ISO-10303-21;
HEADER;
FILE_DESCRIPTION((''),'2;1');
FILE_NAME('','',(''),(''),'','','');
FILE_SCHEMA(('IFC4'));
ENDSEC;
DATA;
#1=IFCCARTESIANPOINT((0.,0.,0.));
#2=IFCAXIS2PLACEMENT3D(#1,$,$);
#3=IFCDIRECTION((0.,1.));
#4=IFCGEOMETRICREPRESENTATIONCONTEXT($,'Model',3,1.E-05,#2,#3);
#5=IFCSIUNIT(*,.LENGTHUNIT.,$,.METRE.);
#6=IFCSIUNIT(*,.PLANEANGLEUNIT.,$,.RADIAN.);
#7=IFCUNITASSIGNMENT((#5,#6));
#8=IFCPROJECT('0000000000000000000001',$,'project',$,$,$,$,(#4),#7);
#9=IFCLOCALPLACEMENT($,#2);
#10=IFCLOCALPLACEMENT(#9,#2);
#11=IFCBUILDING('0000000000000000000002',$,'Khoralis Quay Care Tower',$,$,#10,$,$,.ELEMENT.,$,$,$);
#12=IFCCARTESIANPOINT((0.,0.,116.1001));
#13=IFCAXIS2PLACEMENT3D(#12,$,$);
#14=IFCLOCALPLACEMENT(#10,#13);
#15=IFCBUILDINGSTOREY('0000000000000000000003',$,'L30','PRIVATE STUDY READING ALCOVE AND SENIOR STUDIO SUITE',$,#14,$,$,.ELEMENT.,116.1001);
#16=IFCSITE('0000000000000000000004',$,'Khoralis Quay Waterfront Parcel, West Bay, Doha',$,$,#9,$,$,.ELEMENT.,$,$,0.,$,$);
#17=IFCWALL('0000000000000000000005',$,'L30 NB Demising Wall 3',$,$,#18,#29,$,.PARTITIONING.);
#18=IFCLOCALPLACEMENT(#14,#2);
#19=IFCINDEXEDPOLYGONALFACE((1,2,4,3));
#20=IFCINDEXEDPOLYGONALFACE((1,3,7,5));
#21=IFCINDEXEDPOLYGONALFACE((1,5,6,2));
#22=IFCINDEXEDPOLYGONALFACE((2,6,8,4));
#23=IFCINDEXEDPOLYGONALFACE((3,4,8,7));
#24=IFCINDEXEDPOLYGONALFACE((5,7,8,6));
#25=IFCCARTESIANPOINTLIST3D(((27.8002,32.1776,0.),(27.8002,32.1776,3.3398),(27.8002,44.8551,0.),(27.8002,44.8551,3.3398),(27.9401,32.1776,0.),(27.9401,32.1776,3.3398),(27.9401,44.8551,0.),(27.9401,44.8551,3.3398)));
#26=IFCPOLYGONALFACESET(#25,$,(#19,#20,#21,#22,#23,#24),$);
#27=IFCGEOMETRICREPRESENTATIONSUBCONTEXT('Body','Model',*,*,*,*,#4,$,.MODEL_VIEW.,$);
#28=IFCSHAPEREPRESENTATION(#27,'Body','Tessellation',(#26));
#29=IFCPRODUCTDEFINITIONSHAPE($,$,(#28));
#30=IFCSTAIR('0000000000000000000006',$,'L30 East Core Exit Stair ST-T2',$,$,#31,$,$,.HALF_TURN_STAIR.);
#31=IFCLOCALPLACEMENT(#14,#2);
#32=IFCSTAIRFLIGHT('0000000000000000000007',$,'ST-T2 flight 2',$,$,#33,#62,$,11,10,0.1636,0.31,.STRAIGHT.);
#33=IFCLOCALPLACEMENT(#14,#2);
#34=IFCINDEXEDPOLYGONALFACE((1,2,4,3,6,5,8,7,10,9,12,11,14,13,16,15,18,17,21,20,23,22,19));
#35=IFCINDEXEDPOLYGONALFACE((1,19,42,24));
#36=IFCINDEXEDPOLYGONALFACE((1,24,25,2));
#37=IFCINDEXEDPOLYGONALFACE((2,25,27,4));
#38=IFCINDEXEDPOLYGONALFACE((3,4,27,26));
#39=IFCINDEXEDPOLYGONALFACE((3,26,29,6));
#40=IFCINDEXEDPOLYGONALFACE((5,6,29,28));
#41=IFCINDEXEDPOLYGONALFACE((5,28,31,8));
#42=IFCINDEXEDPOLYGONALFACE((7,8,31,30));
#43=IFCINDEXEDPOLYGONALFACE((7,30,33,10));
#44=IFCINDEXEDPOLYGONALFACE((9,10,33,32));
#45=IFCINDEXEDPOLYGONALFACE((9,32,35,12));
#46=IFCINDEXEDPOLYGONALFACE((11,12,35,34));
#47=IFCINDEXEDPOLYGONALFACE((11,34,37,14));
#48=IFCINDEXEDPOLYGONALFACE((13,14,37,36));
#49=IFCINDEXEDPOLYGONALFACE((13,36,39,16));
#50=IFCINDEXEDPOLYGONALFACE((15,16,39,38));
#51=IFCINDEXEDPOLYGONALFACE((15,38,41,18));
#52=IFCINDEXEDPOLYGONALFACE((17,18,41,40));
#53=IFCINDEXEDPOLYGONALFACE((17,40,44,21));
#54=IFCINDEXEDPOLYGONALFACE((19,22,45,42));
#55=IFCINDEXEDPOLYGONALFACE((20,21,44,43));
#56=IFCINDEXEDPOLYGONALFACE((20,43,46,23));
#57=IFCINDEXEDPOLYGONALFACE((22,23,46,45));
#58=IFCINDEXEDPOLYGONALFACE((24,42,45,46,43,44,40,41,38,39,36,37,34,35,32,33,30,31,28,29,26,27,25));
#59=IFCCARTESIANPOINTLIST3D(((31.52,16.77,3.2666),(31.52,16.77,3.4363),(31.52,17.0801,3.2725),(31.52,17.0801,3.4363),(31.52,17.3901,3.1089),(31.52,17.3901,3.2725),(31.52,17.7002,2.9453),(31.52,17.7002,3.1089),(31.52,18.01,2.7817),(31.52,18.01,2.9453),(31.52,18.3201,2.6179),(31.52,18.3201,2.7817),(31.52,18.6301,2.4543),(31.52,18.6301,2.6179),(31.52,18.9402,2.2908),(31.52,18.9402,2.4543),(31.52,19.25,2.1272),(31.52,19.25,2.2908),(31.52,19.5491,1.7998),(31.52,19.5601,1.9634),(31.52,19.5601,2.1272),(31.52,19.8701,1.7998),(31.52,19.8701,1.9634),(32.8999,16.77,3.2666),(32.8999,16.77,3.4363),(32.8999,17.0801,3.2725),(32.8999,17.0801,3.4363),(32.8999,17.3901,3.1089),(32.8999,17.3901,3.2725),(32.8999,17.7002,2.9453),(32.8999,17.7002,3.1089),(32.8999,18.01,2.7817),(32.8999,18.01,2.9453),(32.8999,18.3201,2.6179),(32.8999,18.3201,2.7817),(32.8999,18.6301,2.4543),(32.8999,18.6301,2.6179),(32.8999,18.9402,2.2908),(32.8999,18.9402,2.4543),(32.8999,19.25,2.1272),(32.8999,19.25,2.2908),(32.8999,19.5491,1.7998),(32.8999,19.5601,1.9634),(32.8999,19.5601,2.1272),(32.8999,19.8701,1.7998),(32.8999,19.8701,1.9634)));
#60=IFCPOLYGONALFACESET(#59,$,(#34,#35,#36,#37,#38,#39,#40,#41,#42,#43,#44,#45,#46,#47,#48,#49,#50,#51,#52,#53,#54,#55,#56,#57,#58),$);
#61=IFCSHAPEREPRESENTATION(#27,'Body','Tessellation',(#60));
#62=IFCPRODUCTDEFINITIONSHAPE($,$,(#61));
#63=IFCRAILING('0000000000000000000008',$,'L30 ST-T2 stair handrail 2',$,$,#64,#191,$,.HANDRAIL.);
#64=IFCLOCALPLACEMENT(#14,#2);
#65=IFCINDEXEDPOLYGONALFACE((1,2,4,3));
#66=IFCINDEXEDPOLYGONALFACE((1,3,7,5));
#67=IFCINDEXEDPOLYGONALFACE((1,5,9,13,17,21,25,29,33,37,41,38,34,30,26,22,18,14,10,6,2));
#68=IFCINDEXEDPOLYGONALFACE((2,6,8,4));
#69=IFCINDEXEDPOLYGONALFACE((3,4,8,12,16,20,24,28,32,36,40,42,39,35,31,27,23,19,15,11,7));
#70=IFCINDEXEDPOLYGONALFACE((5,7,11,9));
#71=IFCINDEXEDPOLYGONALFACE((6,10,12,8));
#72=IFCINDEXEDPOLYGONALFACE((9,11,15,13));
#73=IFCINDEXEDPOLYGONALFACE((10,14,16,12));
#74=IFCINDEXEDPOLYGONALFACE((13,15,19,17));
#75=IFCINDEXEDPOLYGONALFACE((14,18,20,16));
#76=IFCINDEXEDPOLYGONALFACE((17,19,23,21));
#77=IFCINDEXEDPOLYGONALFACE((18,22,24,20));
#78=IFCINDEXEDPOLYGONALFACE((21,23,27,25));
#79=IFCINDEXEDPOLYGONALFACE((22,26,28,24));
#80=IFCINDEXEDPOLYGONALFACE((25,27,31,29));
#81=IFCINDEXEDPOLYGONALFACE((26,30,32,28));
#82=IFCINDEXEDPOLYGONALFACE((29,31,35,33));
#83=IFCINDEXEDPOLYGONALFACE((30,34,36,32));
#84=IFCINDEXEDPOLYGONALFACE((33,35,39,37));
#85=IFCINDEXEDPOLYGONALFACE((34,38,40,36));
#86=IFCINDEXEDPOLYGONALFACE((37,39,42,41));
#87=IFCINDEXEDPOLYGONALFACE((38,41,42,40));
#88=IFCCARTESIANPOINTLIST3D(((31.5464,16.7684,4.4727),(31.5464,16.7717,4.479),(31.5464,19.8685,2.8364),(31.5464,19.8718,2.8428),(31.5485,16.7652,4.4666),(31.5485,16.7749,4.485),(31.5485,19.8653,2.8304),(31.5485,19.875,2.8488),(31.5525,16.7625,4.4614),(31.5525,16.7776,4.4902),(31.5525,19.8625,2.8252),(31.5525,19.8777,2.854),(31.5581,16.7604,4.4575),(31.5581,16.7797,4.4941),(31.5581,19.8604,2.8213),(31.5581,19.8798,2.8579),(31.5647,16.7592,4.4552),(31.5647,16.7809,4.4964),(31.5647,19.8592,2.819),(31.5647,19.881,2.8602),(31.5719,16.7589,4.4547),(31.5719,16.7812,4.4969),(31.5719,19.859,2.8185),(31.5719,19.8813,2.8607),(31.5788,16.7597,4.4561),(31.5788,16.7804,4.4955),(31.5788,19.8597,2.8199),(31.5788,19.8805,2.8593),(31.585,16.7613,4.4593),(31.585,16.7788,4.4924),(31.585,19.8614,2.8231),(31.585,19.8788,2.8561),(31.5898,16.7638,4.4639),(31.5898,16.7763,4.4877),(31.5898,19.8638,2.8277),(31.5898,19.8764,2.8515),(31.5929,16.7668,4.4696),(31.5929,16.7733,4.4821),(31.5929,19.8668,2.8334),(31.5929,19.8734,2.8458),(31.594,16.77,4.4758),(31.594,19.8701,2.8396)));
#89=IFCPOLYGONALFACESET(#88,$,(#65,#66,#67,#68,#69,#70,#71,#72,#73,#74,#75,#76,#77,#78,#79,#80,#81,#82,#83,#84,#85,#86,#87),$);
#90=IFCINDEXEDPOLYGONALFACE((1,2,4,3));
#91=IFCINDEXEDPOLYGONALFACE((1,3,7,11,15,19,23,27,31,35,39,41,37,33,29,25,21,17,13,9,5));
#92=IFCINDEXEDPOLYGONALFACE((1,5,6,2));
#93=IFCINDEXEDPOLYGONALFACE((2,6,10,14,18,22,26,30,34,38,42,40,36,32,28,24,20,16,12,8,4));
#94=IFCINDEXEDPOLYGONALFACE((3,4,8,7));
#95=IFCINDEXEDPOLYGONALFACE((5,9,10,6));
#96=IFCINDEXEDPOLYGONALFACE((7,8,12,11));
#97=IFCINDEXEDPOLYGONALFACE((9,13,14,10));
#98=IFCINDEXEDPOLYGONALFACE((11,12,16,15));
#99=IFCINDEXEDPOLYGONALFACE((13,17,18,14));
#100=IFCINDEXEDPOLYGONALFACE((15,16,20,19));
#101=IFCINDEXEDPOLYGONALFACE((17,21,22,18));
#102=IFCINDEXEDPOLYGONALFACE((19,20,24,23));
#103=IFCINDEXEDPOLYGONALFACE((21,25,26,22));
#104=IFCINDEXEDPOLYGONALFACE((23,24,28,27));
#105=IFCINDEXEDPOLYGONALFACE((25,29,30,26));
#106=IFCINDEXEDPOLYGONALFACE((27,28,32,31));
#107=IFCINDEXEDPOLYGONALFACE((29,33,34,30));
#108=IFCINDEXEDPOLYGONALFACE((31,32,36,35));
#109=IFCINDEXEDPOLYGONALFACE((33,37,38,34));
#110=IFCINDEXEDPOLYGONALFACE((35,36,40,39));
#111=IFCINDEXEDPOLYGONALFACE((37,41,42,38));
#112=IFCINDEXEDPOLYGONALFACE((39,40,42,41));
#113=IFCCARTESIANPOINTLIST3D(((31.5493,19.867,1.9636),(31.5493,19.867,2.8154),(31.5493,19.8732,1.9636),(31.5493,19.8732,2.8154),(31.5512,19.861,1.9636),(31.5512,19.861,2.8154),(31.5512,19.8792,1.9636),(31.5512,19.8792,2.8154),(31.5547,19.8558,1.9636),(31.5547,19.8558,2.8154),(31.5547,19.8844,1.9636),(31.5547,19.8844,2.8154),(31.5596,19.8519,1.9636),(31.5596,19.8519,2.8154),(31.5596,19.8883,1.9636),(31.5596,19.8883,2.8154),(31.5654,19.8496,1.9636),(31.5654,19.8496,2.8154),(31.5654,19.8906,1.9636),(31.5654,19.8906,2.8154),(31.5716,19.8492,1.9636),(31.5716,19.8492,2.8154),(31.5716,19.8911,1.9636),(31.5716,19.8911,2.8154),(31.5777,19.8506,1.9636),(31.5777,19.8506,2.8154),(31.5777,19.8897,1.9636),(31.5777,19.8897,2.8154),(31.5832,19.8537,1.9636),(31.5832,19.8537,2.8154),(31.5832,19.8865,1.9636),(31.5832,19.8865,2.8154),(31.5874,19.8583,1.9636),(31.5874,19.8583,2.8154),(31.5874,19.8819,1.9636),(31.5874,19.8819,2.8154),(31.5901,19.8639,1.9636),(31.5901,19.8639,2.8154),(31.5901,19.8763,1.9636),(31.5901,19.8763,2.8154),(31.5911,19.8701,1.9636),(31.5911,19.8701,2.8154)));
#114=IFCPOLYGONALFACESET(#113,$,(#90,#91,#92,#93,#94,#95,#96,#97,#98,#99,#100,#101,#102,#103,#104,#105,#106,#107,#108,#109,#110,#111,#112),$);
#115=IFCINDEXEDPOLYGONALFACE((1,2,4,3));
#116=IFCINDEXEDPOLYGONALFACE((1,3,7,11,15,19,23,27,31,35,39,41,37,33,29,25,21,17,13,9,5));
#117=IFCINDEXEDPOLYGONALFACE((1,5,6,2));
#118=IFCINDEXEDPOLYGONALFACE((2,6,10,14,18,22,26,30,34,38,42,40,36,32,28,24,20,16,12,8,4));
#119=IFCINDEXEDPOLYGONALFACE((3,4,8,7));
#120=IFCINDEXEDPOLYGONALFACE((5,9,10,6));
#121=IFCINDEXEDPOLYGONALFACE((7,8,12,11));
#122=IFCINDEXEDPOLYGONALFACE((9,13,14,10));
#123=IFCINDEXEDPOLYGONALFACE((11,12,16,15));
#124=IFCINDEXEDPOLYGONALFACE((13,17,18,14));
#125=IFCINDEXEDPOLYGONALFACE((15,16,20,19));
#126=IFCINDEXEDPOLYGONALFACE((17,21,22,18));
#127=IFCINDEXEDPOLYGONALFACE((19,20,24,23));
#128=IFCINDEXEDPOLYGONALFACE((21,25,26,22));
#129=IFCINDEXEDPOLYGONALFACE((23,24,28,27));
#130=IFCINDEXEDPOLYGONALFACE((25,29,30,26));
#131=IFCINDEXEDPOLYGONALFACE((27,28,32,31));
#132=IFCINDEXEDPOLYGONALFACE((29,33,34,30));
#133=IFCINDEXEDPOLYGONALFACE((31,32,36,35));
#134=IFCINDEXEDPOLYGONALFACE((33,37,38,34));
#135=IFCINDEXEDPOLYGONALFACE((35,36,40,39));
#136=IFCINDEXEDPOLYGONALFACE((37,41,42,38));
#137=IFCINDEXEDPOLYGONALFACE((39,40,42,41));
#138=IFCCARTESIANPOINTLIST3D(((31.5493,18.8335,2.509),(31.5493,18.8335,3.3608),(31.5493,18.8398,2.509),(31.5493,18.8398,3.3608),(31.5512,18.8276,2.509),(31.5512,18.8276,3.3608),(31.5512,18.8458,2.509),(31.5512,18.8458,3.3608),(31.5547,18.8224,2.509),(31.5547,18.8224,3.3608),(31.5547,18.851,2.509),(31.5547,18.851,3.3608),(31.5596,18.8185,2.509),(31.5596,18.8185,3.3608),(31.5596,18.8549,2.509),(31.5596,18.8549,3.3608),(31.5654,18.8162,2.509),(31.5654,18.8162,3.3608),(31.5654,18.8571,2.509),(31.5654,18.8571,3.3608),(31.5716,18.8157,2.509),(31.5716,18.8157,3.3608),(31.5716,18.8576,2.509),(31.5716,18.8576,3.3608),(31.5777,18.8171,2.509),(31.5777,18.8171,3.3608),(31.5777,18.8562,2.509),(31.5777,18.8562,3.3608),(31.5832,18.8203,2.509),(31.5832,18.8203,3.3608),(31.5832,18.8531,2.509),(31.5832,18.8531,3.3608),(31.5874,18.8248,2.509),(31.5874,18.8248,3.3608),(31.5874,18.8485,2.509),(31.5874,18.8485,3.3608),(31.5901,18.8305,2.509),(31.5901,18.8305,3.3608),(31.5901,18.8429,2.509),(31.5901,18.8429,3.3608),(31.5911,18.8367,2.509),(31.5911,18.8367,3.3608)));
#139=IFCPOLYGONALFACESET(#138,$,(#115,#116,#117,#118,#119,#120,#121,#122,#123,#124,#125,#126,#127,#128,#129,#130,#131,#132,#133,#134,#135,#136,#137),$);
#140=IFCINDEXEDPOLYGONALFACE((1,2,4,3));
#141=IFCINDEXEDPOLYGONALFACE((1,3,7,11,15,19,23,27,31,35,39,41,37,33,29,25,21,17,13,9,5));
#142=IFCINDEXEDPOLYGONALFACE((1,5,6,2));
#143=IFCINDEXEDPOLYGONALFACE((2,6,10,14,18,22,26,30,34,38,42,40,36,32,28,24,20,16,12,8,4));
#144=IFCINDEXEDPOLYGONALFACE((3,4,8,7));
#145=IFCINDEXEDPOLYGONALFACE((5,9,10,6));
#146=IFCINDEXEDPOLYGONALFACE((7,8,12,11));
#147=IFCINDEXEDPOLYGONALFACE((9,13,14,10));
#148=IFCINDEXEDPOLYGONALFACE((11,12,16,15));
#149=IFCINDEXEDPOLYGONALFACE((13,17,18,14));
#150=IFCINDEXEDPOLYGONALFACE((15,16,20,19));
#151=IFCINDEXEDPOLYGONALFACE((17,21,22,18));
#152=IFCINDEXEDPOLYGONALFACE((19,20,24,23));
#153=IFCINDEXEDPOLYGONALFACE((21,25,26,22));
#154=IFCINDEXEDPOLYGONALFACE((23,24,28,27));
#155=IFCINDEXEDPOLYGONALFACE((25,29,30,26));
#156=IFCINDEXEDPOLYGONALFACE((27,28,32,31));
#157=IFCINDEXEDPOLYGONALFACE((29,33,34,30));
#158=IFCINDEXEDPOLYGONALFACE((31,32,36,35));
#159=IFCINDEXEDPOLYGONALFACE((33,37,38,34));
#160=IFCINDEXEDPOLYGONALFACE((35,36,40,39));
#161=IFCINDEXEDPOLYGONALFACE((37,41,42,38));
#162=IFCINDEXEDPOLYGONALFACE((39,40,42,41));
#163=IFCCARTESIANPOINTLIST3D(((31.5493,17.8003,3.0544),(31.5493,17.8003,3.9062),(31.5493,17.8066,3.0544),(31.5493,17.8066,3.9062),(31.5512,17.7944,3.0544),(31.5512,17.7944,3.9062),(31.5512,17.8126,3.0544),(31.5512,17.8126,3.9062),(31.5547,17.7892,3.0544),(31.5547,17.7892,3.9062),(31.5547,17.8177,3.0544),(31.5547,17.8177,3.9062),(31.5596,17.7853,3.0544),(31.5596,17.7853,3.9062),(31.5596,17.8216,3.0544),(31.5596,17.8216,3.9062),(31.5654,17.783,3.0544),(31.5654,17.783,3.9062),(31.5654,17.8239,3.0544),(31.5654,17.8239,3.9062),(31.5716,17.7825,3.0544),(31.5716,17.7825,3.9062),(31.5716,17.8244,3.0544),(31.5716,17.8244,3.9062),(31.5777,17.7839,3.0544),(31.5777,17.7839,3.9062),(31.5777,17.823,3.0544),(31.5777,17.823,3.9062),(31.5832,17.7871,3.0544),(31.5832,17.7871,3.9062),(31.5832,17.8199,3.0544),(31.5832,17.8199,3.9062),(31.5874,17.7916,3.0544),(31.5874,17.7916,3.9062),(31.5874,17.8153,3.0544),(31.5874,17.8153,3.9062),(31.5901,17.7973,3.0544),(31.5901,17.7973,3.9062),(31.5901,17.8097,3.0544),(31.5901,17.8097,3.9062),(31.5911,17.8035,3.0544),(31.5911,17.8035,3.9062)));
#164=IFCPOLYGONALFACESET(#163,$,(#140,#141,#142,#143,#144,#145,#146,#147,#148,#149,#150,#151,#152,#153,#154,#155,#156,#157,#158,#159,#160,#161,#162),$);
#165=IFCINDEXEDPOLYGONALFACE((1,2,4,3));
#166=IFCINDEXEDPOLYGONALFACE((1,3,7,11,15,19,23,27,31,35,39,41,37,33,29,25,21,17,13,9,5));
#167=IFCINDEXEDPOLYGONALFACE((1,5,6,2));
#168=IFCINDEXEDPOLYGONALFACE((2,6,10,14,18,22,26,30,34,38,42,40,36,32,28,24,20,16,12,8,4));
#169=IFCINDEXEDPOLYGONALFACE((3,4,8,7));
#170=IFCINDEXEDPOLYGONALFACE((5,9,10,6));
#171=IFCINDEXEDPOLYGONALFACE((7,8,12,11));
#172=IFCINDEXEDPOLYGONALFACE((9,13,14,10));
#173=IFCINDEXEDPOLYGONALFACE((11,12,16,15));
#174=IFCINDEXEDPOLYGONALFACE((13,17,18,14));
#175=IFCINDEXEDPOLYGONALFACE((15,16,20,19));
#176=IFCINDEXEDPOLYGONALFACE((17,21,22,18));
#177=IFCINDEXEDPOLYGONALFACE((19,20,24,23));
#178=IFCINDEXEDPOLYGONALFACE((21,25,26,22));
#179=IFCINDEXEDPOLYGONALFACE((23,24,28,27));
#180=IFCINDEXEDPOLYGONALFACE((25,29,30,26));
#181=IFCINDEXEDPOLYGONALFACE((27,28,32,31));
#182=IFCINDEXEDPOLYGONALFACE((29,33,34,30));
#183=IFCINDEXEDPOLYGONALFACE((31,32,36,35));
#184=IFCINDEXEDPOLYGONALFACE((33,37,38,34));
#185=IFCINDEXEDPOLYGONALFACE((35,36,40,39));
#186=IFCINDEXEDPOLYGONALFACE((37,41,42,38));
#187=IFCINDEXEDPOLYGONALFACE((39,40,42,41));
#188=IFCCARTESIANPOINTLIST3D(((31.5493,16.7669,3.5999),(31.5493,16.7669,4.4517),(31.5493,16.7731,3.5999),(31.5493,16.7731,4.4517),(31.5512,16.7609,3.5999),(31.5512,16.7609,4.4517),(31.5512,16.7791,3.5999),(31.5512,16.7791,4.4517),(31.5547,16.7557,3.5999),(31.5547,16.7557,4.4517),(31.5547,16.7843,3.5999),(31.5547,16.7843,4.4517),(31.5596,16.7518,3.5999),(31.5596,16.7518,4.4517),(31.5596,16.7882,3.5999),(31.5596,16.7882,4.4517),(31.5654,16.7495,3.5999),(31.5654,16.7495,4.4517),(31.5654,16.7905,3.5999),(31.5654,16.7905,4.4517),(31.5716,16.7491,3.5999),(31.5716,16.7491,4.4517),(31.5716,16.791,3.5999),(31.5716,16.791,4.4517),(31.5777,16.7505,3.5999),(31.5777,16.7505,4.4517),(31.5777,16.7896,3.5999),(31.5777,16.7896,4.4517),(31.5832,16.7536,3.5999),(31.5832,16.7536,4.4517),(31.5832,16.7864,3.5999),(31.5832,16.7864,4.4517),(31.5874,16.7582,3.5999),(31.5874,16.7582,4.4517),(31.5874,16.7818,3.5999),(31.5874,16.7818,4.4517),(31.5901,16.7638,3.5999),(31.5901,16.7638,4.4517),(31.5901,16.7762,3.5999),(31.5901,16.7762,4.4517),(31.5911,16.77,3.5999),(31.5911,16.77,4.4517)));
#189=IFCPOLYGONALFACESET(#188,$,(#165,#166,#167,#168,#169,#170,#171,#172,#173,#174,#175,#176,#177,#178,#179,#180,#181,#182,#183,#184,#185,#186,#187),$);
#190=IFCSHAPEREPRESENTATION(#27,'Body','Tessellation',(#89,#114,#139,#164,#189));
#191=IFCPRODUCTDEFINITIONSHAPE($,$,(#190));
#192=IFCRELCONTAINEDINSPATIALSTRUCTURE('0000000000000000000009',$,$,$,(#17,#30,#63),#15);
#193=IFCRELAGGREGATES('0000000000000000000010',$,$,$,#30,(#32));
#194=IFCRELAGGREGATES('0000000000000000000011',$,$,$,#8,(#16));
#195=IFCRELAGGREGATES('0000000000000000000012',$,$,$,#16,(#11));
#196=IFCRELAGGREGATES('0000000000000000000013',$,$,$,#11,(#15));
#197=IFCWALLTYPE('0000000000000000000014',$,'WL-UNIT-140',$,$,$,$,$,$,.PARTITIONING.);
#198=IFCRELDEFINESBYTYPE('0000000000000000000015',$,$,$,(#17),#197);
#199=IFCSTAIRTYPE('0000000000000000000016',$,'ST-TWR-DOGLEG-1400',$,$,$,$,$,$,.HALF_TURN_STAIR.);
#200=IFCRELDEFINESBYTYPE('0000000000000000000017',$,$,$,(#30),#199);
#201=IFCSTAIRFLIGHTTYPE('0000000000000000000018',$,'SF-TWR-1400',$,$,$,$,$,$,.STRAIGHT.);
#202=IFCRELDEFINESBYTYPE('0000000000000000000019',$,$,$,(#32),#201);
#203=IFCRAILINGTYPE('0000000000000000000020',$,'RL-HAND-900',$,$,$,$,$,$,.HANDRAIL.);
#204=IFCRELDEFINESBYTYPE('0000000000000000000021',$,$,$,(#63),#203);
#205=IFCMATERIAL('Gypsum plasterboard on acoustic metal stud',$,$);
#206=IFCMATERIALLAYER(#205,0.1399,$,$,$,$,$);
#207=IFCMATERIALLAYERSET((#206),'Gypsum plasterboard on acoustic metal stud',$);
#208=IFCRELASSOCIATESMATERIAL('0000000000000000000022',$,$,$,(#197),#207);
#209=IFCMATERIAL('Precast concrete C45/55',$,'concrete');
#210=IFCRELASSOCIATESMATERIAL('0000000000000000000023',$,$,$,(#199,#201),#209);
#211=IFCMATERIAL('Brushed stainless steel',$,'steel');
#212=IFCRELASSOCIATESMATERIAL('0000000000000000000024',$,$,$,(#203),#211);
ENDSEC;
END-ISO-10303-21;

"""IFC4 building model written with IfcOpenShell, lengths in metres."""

from ifc_helpers import new_model, si_unit, direction, frame, frame_2d, origin, origin_2d, place, context, subcontext, project, spatial, polyline, rectangle, circle, outline, extrude, source, transform, mapped, material, layer, layer_set, type_object, element, aggregate, save


model = new_model("IFC4")

# Units and contexts
model_context = context("Model", 3, precision=1e-05, world=origin(), true_north=direction((0.0, 1.0)))
body_context = subcontext(model_context, "Body", "Model", "MODEL_VIEW")
ifc_project = project(units=[si_unit("LENGTHUNIT", "METRE"), si_unit("PLANEANGLEUNIT", "RADIAN")], contexts=[model_context])

# Site, building, storey
site_placement = place(None, origin())
site = spatial("IfcSite", under=ifc_project, at=site_placement, Name="Khoralis Quay Waterfront Parcel, West Bay, Doha", CompositionType="ELEMENT", RefElevation=0.0)
building_placement = place(site_placement, origin())
building = spatial("IfcBuilding", under=site, at=building_placement, Name="Khoralis Quay Care Tower", CompositionType="ELEMENT")
storey_placement = place(building_placement, frame((0.0, 0.0, 116.1001)))
storey = spatial("IfcBuildingStorey", under=building, at=storey_placement, Name="L30", Description="PRIVATE STUDY READING ALCOVE AND SENIOR STUDIO SUITE", CompositionType="ELEMENT", Elevation=116.1001)

# Shared definitions
ifc_material_1 = material(Name="Brushed stainless steel", Category="steel")

# Shared definitions
ifc_material_2 = material(Name="Gypsum plasterboard on acoustic metal stud")

# Wall
ifc_layer_1 = layer(ifc_material_2, 0.1399)
ifc_layer_set_1 = layer_set([ifc_layer_1], Name="Gypsum plasterboard on acoustic metal stud")
wall_type_1 = type_object("IfcWallType", Name="WL-UNIT-140", PredefinedType="PARTITIONING", material=ifc_layer_set_1)
for number, where, z_axis, x_axis, name in (
    (1, (27.8701, 32.1775, 0.0), (0.0, 0.0, 1.0), (0.0, 1.0, 0.0), "L30 NB Demising Wall 3"),
):
    element("IfcWall", number, at=place(storey_placement, frame(where, z_axis=z_axis, x_axis=x_axis)), inside=storey, type_object=wall_type_1, Name=name, PredefinedType="PARTITIONING", context=body_context, shape_type="SweptSolid", body=[
        extrude(rectangle(XDim=12.6775, YDim=0.1399, at=frame_2d((6.3389, 0.0))), origin(), (0.0, 0.0, 1.0), 3.3398),
    ])

# Stair, stair flight
ifc_material_3 = material(Name="Precast concrete C45/55", Category="concrete")
stair_type = type_object("IfcStairType", Name="ST-TWR-DOGLEG-1400", PredefinedType="HALF_TURN_STAIR", material=ifc_material_3)
stair_placement = place(storey_placement, origin())
stair = element("IfcStair", 2, at=stair_placement, inside=storey, type_object=stair_type, Name="L30 East Core Exit Stair ST-T2", PredefinedType="HALF_TURN_STAIR")
stair_flight_type = type_object("IfcStairFlightType", Name="SF-TWR-1400", PredefinedType="STRAIGHT", material=ifc_material_3)
shared_shape_1 = source(origin(), body_context, "Body", "SweptSolid", [
    extrude(outline(polyline([(0.0, 0.0), (0.0, 0.1636), (0.3101, 0.1636), (0.3101, 0.3274), (0.6201, 0.3274), (0.6201, 0.491), (0.9299, 0.491), (0.9299, 0.6545), (1.24, 0.6545), (1.24, 0.8181), (1.55, 0.8181), (1.55, 0.9819), (1.8601, 0.9819), (1.8601, 1.1455), (2.1699, 1.1455), (2.1699, 1.3091), (2.48, 1.3091), (2.48, 1.4727), (2.79, 1.4727), (2.79, 1.6365), (3.1001, 1.6365), (3.1001, 1.8), (3.1001, 1.4668), (0.321, 0.0), (0.0, 0.0)])), frame((0.0, 0.6899, 0.0), z_axis=(0.0, -1.0, 0.0), x_axis=(1.0, 0.0, 0.0)), (0.0, 0.0, 1.0), 1.3799),
])
stair_flight_placement = place(storey_placement, frame((32.21, 19.8701, 1.7998), z_axis=(0.0, 0.0, 1.0), x_axis=(0.0, -1.0, 0.0)))
stair_flight = element("IfcStairFlight", 3, at=stair_flight_placement, type_object=stair_flight_type, Name="ST-T2 flight 2", NumberOfRisers=11, NumberOfTreads=10, PredefinedType="STRAIGHT", RiserHeight=0.1636, TreadLength=0.31, context=body_context, shape_type="MappedRepresentation", body=[
    mapped(shared_shape_1, transform((0.0, 0.0, 0.0), scale=1.0)),
])
aggregate(stair, [stair_flight])

# Railing
railing_type = type_object("IfcRailingType", Name="RL-HAND-900", PredefinedType="HANDRAIL", material=ifc_material_1)
railing_placement = place(storey_placement, frame((31.5701, 19.8701, 1.9636)))
element("IfcRailing", 4, at=railing_placement, inside=storey, type_object=railing_type, Name="L30 ST-T2 stair handrail 2", PredefinedType="HANDRAIL", context=body_context, shape_type="SweptSolid", body=[
    extrude(circle(Radius=0.0239, at=origin_2d()), frame((0.0, 0.0, 0.876), z_axis=(0.0, -0.884377, 0.466774), x_axis=(1.0, 0.0, 0.0)), (0.0, 0.0, 1.0), 3.5054),
    extrude(circle(Radius=0.021, at=origin_2d()), origin(), (0.0, 0.0, 1.0), 0.8518),
    extrude(circle(Radius=0.021, at=origin_2d()), frame((0.0, -1.0334, 0.5454)), (0.0, 0.0, 1.0), 0.8518),
    extrude(circle(Radius=0.021, at=origin_2d()), frame((0.0, -2.0667, 1.0908)), (0.0, 0.0, 1.0), 0.8518),
    extrude(circle(Radius=0.021, at=origin_2d()), frame((0.0, -3.1001, 1.6362)), (0.0, 0.0, 1.0), 0.8518),
])

save(model, "model.ifc")
